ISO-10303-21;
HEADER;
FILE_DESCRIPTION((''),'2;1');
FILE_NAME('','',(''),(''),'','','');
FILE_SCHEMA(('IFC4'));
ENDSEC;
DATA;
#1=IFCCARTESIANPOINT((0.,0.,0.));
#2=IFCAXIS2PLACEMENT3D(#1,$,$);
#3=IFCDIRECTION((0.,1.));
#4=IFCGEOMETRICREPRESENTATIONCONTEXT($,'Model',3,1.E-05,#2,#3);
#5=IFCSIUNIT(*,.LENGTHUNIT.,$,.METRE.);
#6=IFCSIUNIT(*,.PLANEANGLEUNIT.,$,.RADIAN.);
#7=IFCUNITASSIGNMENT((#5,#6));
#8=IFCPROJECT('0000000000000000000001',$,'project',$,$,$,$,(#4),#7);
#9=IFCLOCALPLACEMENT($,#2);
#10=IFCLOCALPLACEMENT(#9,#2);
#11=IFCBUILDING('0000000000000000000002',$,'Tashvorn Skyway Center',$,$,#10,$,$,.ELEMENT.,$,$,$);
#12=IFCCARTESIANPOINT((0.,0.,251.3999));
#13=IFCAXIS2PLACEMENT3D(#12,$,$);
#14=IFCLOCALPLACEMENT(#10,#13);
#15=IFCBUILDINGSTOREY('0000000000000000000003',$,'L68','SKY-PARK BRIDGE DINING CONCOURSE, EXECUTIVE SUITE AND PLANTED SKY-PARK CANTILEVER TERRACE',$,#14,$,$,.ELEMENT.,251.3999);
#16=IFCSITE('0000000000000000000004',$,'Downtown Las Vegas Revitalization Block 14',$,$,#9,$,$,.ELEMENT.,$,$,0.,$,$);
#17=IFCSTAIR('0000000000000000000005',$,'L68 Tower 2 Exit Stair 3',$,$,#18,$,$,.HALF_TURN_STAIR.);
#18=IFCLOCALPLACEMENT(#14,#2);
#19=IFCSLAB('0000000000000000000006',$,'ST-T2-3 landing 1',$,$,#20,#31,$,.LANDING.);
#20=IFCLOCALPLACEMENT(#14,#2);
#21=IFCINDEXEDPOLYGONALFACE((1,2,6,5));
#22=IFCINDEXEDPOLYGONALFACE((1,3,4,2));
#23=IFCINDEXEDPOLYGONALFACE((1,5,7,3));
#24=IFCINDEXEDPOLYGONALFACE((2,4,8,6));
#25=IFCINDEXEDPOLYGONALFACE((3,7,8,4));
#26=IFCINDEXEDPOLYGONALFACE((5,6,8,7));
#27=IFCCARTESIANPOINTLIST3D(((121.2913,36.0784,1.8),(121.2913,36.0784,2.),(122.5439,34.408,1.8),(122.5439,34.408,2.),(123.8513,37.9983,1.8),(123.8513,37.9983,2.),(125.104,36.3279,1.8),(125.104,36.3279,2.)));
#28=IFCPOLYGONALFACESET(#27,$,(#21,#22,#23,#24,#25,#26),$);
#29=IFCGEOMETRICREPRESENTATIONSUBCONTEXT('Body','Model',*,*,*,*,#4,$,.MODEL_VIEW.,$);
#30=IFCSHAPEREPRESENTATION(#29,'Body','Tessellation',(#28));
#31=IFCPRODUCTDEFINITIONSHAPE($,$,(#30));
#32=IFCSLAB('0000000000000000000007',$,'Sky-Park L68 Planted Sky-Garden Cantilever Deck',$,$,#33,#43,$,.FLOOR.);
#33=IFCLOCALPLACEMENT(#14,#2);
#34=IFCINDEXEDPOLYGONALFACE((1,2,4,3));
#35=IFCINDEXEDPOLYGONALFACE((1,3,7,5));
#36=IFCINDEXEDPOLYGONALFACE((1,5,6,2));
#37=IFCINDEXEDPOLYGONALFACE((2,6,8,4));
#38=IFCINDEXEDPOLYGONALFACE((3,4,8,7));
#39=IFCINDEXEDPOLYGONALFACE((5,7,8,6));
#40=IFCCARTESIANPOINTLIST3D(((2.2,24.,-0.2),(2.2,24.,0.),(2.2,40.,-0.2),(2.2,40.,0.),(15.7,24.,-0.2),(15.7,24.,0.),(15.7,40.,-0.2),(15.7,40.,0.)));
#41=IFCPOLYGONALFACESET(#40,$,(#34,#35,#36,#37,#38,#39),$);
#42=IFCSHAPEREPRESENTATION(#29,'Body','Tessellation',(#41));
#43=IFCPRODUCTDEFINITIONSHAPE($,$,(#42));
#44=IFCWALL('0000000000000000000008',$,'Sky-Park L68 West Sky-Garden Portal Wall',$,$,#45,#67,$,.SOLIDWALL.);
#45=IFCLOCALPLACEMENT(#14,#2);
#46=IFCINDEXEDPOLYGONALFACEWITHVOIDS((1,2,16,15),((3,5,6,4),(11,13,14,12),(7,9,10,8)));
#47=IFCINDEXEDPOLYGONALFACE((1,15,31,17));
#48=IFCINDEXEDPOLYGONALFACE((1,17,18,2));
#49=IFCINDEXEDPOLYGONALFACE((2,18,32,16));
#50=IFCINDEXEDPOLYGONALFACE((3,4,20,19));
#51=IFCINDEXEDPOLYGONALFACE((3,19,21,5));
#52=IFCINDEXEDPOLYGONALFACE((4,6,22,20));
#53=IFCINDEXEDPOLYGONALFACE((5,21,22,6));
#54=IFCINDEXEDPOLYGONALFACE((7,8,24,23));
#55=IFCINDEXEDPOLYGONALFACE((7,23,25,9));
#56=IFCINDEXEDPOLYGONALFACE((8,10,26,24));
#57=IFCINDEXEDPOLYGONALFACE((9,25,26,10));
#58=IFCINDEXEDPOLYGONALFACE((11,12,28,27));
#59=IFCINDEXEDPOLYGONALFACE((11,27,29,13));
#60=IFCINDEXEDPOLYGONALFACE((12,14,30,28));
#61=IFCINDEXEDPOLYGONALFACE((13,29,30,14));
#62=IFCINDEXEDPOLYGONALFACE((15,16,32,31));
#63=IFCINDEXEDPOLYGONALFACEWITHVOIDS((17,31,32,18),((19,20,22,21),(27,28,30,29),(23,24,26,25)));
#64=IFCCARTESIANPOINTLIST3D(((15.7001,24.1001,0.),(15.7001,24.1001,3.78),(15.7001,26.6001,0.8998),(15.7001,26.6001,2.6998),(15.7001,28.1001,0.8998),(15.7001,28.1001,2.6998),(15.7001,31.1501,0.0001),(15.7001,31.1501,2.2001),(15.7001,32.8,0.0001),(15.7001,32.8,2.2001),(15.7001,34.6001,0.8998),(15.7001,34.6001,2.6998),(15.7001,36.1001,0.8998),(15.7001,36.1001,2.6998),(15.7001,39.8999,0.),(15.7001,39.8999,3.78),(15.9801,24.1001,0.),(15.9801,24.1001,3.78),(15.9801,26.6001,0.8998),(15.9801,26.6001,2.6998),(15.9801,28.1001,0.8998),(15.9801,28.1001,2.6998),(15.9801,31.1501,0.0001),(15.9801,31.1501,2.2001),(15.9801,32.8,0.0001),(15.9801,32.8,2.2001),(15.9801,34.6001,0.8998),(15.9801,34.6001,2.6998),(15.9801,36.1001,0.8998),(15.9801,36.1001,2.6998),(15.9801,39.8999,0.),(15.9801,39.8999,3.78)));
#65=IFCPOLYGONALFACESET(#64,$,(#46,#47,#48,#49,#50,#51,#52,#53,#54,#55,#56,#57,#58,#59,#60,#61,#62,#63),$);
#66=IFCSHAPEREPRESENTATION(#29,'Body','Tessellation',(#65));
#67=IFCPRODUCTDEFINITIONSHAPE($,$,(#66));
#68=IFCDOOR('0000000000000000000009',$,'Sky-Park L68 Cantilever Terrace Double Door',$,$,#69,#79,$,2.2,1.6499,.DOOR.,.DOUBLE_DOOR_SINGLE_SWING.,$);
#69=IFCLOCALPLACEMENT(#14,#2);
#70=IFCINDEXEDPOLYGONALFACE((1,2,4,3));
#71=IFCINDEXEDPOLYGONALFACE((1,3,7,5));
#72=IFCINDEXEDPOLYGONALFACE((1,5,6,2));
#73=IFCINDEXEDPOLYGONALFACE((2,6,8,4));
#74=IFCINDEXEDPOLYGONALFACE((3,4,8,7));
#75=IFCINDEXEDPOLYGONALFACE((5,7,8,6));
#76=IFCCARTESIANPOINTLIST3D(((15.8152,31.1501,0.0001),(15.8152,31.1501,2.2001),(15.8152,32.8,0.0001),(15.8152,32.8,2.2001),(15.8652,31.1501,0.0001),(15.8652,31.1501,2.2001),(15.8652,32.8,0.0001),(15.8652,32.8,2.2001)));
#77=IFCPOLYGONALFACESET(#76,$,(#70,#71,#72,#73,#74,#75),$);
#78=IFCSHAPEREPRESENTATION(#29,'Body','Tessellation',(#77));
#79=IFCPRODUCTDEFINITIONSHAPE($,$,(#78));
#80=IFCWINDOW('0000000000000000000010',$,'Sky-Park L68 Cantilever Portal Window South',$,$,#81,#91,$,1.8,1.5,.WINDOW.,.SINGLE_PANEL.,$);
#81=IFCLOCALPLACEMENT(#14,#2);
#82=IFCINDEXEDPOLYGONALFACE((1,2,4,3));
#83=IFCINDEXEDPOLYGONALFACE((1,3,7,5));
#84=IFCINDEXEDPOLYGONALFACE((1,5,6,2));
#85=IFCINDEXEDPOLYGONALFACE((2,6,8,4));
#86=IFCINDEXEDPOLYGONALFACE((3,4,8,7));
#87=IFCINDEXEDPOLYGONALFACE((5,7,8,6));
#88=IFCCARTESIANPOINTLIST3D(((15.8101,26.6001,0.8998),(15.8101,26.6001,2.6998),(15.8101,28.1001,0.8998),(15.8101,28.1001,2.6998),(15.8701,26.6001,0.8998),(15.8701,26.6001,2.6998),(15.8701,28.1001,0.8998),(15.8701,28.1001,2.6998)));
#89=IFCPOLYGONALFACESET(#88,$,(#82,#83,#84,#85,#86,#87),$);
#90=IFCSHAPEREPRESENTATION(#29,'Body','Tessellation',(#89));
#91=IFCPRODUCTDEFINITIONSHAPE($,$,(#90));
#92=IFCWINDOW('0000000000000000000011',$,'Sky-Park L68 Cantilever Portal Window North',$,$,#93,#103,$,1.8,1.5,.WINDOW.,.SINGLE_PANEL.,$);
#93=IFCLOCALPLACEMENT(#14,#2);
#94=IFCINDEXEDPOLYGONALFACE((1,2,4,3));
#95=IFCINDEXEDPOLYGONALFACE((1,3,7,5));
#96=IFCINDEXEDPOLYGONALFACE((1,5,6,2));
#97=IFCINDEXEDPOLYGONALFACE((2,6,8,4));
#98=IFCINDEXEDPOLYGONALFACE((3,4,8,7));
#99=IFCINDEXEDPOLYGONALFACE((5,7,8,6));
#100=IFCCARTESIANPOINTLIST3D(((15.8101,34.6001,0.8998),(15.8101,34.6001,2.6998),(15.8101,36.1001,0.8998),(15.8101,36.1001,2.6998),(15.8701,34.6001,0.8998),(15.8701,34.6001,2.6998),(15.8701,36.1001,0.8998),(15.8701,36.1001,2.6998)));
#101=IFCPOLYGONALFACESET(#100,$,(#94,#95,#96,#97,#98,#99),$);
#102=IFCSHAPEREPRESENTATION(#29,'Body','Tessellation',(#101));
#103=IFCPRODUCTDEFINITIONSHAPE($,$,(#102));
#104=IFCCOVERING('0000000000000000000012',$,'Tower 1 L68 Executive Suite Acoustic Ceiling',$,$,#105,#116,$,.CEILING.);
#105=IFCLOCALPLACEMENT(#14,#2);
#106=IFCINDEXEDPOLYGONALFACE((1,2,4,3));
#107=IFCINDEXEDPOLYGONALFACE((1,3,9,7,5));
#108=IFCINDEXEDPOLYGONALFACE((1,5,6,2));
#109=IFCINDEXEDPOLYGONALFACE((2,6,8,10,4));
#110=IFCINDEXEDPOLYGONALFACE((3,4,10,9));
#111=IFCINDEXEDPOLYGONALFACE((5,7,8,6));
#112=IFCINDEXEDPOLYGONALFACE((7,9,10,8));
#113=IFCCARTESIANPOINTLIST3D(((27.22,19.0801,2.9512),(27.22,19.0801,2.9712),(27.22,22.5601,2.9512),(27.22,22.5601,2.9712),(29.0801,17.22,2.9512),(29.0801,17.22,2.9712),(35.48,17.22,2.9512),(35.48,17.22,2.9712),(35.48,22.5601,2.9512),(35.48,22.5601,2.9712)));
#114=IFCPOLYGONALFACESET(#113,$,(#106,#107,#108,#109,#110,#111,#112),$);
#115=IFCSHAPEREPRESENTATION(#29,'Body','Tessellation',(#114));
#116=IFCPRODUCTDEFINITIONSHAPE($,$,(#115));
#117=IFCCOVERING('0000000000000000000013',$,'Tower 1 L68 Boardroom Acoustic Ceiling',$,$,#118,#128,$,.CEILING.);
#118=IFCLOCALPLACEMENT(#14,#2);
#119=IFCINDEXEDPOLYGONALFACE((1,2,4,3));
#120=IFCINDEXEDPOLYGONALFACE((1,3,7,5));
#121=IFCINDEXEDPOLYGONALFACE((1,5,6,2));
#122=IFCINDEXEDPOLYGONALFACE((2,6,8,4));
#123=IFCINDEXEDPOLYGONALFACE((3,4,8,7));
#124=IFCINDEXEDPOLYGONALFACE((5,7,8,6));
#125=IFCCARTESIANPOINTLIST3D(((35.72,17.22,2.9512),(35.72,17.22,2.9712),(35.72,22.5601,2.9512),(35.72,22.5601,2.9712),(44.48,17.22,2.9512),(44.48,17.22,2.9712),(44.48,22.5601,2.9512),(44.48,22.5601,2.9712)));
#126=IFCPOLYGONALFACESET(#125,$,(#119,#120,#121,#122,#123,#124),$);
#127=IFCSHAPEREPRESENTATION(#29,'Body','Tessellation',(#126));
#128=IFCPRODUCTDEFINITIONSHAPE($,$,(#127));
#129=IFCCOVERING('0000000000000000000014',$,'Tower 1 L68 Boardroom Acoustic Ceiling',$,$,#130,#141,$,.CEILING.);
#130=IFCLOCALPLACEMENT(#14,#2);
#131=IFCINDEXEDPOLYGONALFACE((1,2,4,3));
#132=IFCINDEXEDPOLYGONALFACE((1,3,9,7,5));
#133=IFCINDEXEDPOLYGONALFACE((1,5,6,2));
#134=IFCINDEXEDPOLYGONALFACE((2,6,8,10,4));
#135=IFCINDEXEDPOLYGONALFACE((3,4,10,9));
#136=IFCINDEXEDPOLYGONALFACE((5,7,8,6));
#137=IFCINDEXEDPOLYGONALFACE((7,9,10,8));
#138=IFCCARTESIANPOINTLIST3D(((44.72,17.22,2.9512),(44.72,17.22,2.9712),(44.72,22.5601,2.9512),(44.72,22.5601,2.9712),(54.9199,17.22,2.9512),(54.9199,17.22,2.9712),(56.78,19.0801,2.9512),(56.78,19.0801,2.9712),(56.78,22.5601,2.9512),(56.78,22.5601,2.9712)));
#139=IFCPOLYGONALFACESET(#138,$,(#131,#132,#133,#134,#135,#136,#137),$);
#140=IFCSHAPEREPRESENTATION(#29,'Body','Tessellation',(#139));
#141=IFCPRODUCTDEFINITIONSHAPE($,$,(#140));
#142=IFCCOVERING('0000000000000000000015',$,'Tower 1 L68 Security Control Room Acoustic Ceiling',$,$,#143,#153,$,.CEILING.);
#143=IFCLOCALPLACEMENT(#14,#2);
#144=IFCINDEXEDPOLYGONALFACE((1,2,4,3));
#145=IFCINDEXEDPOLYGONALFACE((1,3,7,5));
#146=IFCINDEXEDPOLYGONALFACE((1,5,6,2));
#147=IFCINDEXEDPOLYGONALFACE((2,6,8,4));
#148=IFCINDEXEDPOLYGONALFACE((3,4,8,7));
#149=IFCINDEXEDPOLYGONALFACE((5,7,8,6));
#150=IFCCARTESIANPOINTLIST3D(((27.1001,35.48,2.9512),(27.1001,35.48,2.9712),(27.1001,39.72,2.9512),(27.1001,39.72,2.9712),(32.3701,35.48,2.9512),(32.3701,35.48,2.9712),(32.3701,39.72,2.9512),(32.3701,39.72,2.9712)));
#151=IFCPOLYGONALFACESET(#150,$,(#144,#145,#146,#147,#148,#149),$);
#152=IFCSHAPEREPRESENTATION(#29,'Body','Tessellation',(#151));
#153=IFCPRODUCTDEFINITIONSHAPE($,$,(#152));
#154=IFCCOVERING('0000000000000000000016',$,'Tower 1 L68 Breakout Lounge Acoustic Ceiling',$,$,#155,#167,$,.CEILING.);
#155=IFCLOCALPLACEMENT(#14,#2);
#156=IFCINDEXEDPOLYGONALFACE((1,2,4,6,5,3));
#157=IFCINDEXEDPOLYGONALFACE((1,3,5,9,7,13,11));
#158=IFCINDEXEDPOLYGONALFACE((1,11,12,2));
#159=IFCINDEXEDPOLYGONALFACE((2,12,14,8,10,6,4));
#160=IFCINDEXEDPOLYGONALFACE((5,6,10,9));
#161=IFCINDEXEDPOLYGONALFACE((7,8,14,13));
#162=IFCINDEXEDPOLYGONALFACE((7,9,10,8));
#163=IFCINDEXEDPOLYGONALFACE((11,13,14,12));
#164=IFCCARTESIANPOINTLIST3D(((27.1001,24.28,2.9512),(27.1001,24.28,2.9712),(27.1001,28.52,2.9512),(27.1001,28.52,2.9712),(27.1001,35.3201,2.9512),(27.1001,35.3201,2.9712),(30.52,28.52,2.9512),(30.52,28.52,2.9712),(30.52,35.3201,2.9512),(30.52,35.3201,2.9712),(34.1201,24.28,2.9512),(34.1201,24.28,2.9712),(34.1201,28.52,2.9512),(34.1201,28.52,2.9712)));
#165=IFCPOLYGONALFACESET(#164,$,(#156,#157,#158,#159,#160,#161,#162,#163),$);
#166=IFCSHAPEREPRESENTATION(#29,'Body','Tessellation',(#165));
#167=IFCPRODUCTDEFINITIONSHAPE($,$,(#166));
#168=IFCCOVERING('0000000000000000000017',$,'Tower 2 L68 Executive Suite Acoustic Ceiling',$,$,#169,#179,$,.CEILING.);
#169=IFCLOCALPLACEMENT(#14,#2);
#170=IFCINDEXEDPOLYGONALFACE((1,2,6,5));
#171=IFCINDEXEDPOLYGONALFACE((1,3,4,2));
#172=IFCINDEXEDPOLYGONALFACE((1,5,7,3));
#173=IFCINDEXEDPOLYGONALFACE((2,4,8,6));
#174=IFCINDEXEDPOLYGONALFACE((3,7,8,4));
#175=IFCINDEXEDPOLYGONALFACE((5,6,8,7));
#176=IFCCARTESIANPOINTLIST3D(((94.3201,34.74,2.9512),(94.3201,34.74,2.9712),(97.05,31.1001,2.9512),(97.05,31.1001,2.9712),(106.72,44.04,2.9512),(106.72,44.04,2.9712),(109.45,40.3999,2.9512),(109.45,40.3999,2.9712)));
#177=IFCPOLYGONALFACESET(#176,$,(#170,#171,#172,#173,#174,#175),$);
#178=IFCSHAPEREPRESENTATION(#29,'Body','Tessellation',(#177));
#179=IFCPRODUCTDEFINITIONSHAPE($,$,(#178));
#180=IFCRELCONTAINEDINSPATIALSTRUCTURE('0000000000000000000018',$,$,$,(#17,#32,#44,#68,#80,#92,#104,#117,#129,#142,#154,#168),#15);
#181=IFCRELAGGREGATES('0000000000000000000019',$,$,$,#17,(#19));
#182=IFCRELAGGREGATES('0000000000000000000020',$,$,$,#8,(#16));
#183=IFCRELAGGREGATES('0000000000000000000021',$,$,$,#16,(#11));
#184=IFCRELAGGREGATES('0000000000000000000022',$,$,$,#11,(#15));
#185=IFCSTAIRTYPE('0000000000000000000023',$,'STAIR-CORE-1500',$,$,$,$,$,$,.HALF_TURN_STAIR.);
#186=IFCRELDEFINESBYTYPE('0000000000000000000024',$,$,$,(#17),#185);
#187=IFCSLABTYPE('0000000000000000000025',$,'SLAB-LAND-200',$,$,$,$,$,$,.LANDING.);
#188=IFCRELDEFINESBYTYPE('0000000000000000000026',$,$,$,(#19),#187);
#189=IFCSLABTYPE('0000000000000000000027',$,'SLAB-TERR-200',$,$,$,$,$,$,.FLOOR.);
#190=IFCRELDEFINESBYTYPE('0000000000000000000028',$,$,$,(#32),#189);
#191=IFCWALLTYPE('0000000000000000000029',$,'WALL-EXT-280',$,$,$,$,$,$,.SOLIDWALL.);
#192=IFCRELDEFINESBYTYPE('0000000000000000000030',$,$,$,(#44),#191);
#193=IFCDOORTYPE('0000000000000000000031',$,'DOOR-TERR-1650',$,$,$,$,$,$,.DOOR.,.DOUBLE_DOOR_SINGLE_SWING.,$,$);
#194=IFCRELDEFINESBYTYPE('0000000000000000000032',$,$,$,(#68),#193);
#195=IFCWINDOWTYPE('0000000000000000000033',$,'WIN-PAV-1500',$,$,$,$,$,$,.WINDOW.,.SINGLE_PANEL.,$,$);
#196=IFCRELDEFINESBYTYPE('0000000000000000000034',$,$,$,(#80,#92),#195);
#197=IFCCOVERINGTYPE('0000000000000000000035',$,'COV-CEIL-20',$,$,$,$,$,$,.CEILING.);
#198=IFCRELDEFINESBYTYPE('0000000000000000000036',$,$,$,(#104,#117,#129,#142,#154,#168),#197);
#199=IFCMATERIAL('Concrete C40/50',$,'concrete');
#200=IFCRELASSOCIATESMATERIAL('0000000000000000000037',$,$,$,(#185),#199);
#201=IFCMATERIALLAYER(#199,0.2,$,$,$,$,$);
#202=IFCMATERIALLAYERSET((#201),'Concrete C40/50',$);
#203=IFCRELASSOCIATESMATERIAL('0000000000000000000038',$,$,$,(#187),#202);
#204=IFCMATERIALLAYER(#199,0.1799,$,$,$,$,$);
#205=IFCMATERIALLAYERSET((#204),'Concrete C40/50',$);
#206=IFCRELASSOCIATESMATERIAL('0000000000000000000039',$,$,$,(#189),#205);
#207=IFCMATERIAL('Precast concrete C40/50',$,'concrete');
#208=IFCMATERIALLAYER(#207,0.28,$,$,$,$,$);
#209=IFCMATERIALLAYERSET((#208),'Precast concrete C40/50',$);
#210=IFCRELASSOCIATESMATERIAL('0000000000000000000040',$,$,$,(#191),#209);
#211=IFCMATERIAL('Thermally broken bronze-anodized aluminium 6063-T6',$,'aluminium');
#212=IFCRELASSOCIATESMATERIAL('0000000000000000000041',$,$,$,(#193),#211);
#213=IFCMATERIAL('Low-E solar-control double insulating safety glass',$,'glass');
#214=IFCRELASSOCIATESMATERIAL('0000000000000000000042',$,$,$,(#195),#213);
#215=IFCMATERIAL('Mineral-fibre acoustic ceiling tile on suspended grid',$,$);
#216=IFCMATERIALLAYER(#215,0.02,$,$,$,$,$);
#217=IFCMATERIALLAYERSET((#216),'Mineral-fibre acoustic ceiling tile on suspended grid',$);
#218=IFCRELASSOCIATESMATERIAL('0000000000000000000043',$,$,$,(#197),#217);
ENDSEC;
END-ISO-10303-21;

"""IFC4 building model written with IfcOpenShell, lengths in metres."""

from ifc_helpers import new_model, si_unit, direction, frame, frame_2d, origin, place, context, subcontext, project, spatial, polyline, rectangle, outline, extrude, material, layer, layer_set, type_object, element, fill, aggregate, save


model = new_model("IFC4")

# Units and contexts
model_context = context("Model", 3, precision=1e-05, world=origin(), true_north=direction((0.0, 1.0)))
body_context = subcontext(model_context, "Body", "Model", "MODEL_VIEW")
ifc_project = project(units=[si_unit("LENGTHUNIT", "METRE"), si_unit("PLANEANGLEUNIT", "RADIAN")], contexts=[model_context])

# Site, building, storey
site_placement = place(None, origin())
site = spatial("IfcSite", under=ifc_project, at=site_placement, Name="Downtown Las Vegas Revitalization Block 14", CompositionType="ELEMENT", RefElevation=0.0)
building_placement = place(site_placement, origin())
building = spatial("IfcBuilding", under=site, at=building_placement, Name="Tashvorn Skyway Center", CompositionType="ELEMENT")
storey_placement = place(building_placement, frame((0.0, 0.0, 251.3999)))
storey = spatial("IfcBuildingStorey", under=building, at=storey_placement, Name="L68", Description="SKY-PARK BRIDGE DINING CONCOURSE, EXECUTIVE SUITE AND PLANTED SKY-PARK CANTILEVER TERRACE", CompositionType="ELEMENT", Elevation=251.3999)

# Shared definitions
ifc_material_1 = material(Name="Concrete C40/50", Category="concrete")

# Stair, slab
stair_type = type_object("IfcStairType", Name="STAIR-CORE-1500", PredefinedType="HALF_TURN_STAIR", material=ifc_material_1)
ifc_layer_1 = layer(ifc_material_1, 0.2)
ifc_layer_set_1 = layer_set([ifc_layer_1], Name="Concrete C40/50")
slab_type_1 = type_object("IfcSlabType", Name="SLAB-LAND-200", PredefinedType="LANDING", material=ifc_layer_set_1)
stair_1_placement = place(storey_placement, origin())
stair_1 = element("IfcStair", 1, at=stair_1_placement, inside=storey, type_object=stair_type, Name="L68 Tower 2 Exit Stair 3", PredefinedType="HALF_TURN_STAIR")
slab_1_placement = place(storey_placement, frame((0.0, 0.0, 1.8)))
slab_1 = element("IfcSlab", 2, at=slab_1_placement, type_object=slab_type_1, Name="ST-T2-3 landing 1", PredefinedType="LANDING", context=body_context, shape_type="SweptSolid", body=[
    extrude(outline(polyline([(121.2913, 36.0784), (122.5439, 34.408), (125.104, 36.3279), (123.8513, 37.9983), (121.2913, 36.0784)])), origin(), (0.0, 0.0, 1.0), 0.2),
])
aggregate(stair_1, [slab_1])

# Slab
ifc_layer_2 = layer(ifc_material_1, 0.1799)
ifc_layer_set_2 = layer_set([ifc_layer_2], Name="Concrete C40/50")
slab_type_2 = type_object("IfcSlabType", Name="SLAB-TERR-200", PredefinedType="FLOOR", material=ifc_layer_set_2)
slab_2_placement = place(storey_placement, frame((0.0, 0.0, -0.2)))
element("IfcSlab", 3, at=slab_2_placement, inside=storey, type_object=slab_type_2, Name="Sky-Park L68 Planted Sky-Garden Cantilever Deck", PredefinedType="FLOOR", context=body_context, shape_type="SweptSolid", body=[
    extrude(outline(polyline([(2.2, 24.0), (15.7, 24.0), (15.7, 40.0), (2.2, 40.0), (2.2, 24.0)])), origin(), (0.0, 0.0, 1.0), 0.2),
])

# Wall, openings, door, windows
ifc_material_2 = material(Name="Precast concrete C40/50", Category="concrete")
ifc_layer_3 = layer(ifc_material_2, 0.28)
ifc_layer_set_3 = layer_set([ifc_layer_3], Name="Precast concrete C40/50")
wall_type = type_object("IfcWallType", Name="WALL-EXT-280", PredefinedType="SOLIDWALL", material=ifc_layer_set_3)
wall_placement = place(storey_placement, frame((15.8401, 24.1001, 0.0), z_axis=(0.0, 0.0, 1.0), x_axis=(0.0, 1.0, 0.0)))
wall = element("IfcWall", 4, at=wall_placement, inside=storey, type_object=wall_type, Name="Sky-Park L68 West Sky-Garden Portal Wall", PredefinedType="SOLIDWALL", context=body_context, shape_type="SweptSolid", body=[
    extrude(rectangle(XDim=15.7998, YDim=0.28, at=frame_2d((7.8999, 0.0))), origin(), (0.0, 0.0, 1.0), 3.78),
])
opening_1_placement = place(wall_placement, frame((7.05, 0.0, 0.0)))
opening_1 = element("IfcOpeningElement", 5, at=opening_1_placement, cuts=wall, PredefinedType="OPENING", context=body_context, shape_type="SweptSolid", body=[
    extrude(rectangle(XDim=1.6499, YDim=2.2, at=frame_2d((0.825, 1.1001))), frame((0.0, 0.1499, 0.0), z_axis=(0.0, -1.0, 0.0), x_axis=(1.0, 0.0, 0.0)), (0.0, 0.0, 1.0), 0.3),
])
opening_2_placement = place(wall_placement, frame((2.5, 0.0, 0.8999)))
opening_2 = element("IfcOpeningElement", 6, at=opening_2_placement, cuts=wall, PredefinedType="OPENING", context=body_context, shape_type="SweptSolid", body=[
    extrude(rectangle(XDim=1.5, YDim=1.8, at=frame_2d((0.75, 0.8999))), frame((0.0, 0.1499, 0.0), z_axis=(0.0, -1.0, 0.0), x_axis=(1.0, 0.0, 0.0)), (0.0, 0.0, 1.0), 0.3),
])
opening_3_placement = place(wall_placement, frame((10.5, 0.0, 0.8999)))
opening_3 = element("IfcOpeningElement", 7, at=opening_3_placement, cuts=wall, PredefinedType="OPENING", context=body_context, shape_type="SweptSolid", body=[
    extrude(rectangle(XDim=1.5, YDim=1.8, at=frame_2d((0.75, 0.8999))), frame((0.0, 0.1499, 0.0), z_axis=(0.0, -1.0, 0.0), x_axis=(1.0, 0.0, 0.0)), (0.0, 0.0, 1.0), 0.3),
])
ifc_material_3 = material(Name="Thermally broken bronze-anodized aluminium 6063-T6", Category="aluminium")
door_type = type_object("IfcDoorType", Name="DOOR-TERR-1650", OperationType="DOUBLE_DOOR_SINGLE_SWING", PredefinedType="DOOR", material=ifc_material_3)
door_placement = place(opening_1_placement, origin())
door = element("IfcDoor", 8, at=door_placement, inside=storey, type_object=door_type, Name="Sky-Park L68 Cantilever Terrace Double Door", OperationType="DOUBLE_DOOR_SINGLE_SWING", OverallHeight=2.2, OverallWidth=1.6499, PredefinedType="DOOR", context=body_context, shape_type="SweptSolid", body=[
    extrude(rectangle(XDim=1.6499, YDim=2.2, at=frame_2d((0.825, 1.1001))), frame((0.0, 0.0249, 0.0), z_axis=(0.0, -1.0, 0.0), x_axis=(1.0, 0.0, 0.0)), (0.0, 0.0, 1.0), 0.05),
])
fill(opening_1, door)
ifc_material_4 = material(Name="Low-E solar-control double insulating safety glass", Category="glass")
window_type = type_object("IfcWindowType", Name="WIN-PAV-1500", PartitioningType="SINGLE_PANEL", PredefinedType="WINDOW", material=ifc_material_4)
window_1_placement = place(opening_2_placement, origin())
window_1 = element("IfcWindow", 9, at=window_1_placement, inside=storey, type_object=window_type, Name="Sky-Park L68 Cantilever Portal Window South", OverallHeight=1.8, OverallWidth=1.5, PartitioningType="SINGLE_PANEL", PredefinedType="WINDOW", context=body_context, shape_type="SweptSolid", body=[
    extrude(rectangle(XDim=1.5, YDim=1.8, at=frame_2d((0.75, 0.8999))), frame((0.0, 0.03, 0.0), z_axis=(0.0, -1.0, 0.0), x_axis=(1.0, 0.0, 0.0)), (0.0, 0.0, 1.0), 0.0601),
])
fill(opening_2, window_1)
window_2_placement = place(opening_3_placement, origin())
window_2 = element("IfcWindow", 10, at=window_2_placement, inside=storey, type_object=window_type, Name="Sky-Park L68 Cantilever Portal Window North", OverallHeight=1.8, OverallWidth=1.5, PartitioningType="SINGLE_PANEL", PredefinedType="WINDOW", context=body_context, shape_type="SweptSolid", body=[
    extrude(rectangle(XDim=1.5, YDim=1.8, at=frame_2d((0.75, 0.8999))), frame((0.0, 0.03, 0.0), z_axis=(0.0, -1.0, 0.0), x_axis=(1.0, 0.0, 0.0)), (0.0, 0.0, 1.0), 0.0601),
])
fill(opening_3, window_2)

# Coverings
ifc_material_5 = material(Name="Mineral-fibre acoustic ceiling tile on suspended grid")
ifc_layer_4 = layer(ifc_material_5, 0.02)
ifc_layer_set_4 = layer_set([ifc_layer_4], Name="Mineral-fibre acoustic ceiling tile on suspended grid")
covering_type_1 = type_object("IfcCoveringType", Name="COV-CEIL-20", PredefinedType="CEILING", material=ifc_layer_set_4)
covering_1_placement = place(storey_placement, frame((0.0, 0.0, 2.9512)))
element("IfcCovering", 11, at=covering_1_placement, inside=storey, type_object=covering_type_1, Name="Tower 1 L68 Executive Suite Acoustic Ceiling", PredefinedType="CEILING", context=body_context, shape_type="SweptSolid", body=[
    extrude(outline(polyline([(27.22, 22.5601), (35.48, 22.5601), (35.48, 17.22), (29.0801, 17.22), (27.22, 19.0801), (27.22, 22.5601)])), origin(), (0.0, 0.0, 1.0), 0.02),
])
covering_2_placement = place(storey_placement, frame((0.0, 0.0, 2.9512)))
element("IfcCovering", 12, at=covering_2_placement, inside=storey, type_object=covering_type_1, Name="Tower 1 L68 Boardroom Acoustic Ceiling", PredefinedType="CEILING", context=body_context, shape_type="SweptSolid", body=[
    extrude(outline(polyline([(35.72, 22.5601), (44.48, 22.5601), (44.48, 17.22), (35.72, 17.22), (35.72, 22.5601)])), origin(), (0.0, 0.0, 1.0), 0.02),
])
covering_3_placement = place(storey_placement, frame((0.0, 0.0, 2.9512)))
element("IfcCovering", 13, at=covering_3_placement, inside=storey, type_object=covering_type_1, Name="Tower 1 L68 Boardroom Acoustic Ceiling", PredefinedType="CEILING", context=body_context, shape_type="SweptSolid", body=[
    extrude(outline(polyline([(44.72, 17.22), (44.72, 22.5601), (56.78, 22.5601), (56.78, 19.0801), (54.9199, 17.22), (44.72, 17.22)])), origin(), (0.0, 0.0, 1.0), 0.02),
])
covering_4_placement = place(storey_placement, frame((0.0, 0.0, 2.9512)))
element("IfcCovering", 14, at=covering_4_placement, inside=storey, type_object=covering_type_1, Name="Tower 1 L68 Security Control Room Acoustic Ceiling", PredefinedType="CEILING", context=body_context, shape_type="SweptSolid", body=[
    extrude(outline(polyline([(32.3701, 39.72), (32.3701, 35.48), (27.1001, 35.48), (27.1001, 39.72), (32.3701, 39.72)])), origin(), (0.0, 0.0, 1.0), 0.02),
])
covering_5_placement = place(storey_placement, frame((0.0, 0.0, 2.9512)))
element("IfcCovering", 15, at=covering_5_placement, inside=storey, type_object=covering_type_1, Name="Tower 1 L68 Breakout Lounge Acoustic Ceiling", PredefinedType="CEILING", context=body_context, shape_type="SweptSolid", body=[
    extrude(outline(polyline([(34.1201, 24.28), (27.1001, 24.28), (27.1001, 28.52), (27.1001, 35.3201), (30.52, 35.3201), (30.52, 28.52), (34.1201, 28.52), (34.1201, 24.28)])), origin(), (0.0, 0.0, 1.0), 0.02),
])
covering_6_placement = place(storey_placement, frame((0.0, 0.0, 2.9512)))
element("IfcCovering", 16, at=covering_6_placement, inside=storey, type_object=covering_type_1, Name="Tower 2 L68 Executive Suite Acoustic Ceiling", PredefinedType="CEILING", context=body_context, shape_type="SweptSolid", body=[
    extrude(outline(polyline([(97.05, 31.1001), (109.45, 40.3999), (106.72, 44.04), (94.3201, 34.74), (97.05, 31.1001)])), origin(), (0.0, 0.0, 1.0), 0.02),
])

save(model, "model.ifc")
